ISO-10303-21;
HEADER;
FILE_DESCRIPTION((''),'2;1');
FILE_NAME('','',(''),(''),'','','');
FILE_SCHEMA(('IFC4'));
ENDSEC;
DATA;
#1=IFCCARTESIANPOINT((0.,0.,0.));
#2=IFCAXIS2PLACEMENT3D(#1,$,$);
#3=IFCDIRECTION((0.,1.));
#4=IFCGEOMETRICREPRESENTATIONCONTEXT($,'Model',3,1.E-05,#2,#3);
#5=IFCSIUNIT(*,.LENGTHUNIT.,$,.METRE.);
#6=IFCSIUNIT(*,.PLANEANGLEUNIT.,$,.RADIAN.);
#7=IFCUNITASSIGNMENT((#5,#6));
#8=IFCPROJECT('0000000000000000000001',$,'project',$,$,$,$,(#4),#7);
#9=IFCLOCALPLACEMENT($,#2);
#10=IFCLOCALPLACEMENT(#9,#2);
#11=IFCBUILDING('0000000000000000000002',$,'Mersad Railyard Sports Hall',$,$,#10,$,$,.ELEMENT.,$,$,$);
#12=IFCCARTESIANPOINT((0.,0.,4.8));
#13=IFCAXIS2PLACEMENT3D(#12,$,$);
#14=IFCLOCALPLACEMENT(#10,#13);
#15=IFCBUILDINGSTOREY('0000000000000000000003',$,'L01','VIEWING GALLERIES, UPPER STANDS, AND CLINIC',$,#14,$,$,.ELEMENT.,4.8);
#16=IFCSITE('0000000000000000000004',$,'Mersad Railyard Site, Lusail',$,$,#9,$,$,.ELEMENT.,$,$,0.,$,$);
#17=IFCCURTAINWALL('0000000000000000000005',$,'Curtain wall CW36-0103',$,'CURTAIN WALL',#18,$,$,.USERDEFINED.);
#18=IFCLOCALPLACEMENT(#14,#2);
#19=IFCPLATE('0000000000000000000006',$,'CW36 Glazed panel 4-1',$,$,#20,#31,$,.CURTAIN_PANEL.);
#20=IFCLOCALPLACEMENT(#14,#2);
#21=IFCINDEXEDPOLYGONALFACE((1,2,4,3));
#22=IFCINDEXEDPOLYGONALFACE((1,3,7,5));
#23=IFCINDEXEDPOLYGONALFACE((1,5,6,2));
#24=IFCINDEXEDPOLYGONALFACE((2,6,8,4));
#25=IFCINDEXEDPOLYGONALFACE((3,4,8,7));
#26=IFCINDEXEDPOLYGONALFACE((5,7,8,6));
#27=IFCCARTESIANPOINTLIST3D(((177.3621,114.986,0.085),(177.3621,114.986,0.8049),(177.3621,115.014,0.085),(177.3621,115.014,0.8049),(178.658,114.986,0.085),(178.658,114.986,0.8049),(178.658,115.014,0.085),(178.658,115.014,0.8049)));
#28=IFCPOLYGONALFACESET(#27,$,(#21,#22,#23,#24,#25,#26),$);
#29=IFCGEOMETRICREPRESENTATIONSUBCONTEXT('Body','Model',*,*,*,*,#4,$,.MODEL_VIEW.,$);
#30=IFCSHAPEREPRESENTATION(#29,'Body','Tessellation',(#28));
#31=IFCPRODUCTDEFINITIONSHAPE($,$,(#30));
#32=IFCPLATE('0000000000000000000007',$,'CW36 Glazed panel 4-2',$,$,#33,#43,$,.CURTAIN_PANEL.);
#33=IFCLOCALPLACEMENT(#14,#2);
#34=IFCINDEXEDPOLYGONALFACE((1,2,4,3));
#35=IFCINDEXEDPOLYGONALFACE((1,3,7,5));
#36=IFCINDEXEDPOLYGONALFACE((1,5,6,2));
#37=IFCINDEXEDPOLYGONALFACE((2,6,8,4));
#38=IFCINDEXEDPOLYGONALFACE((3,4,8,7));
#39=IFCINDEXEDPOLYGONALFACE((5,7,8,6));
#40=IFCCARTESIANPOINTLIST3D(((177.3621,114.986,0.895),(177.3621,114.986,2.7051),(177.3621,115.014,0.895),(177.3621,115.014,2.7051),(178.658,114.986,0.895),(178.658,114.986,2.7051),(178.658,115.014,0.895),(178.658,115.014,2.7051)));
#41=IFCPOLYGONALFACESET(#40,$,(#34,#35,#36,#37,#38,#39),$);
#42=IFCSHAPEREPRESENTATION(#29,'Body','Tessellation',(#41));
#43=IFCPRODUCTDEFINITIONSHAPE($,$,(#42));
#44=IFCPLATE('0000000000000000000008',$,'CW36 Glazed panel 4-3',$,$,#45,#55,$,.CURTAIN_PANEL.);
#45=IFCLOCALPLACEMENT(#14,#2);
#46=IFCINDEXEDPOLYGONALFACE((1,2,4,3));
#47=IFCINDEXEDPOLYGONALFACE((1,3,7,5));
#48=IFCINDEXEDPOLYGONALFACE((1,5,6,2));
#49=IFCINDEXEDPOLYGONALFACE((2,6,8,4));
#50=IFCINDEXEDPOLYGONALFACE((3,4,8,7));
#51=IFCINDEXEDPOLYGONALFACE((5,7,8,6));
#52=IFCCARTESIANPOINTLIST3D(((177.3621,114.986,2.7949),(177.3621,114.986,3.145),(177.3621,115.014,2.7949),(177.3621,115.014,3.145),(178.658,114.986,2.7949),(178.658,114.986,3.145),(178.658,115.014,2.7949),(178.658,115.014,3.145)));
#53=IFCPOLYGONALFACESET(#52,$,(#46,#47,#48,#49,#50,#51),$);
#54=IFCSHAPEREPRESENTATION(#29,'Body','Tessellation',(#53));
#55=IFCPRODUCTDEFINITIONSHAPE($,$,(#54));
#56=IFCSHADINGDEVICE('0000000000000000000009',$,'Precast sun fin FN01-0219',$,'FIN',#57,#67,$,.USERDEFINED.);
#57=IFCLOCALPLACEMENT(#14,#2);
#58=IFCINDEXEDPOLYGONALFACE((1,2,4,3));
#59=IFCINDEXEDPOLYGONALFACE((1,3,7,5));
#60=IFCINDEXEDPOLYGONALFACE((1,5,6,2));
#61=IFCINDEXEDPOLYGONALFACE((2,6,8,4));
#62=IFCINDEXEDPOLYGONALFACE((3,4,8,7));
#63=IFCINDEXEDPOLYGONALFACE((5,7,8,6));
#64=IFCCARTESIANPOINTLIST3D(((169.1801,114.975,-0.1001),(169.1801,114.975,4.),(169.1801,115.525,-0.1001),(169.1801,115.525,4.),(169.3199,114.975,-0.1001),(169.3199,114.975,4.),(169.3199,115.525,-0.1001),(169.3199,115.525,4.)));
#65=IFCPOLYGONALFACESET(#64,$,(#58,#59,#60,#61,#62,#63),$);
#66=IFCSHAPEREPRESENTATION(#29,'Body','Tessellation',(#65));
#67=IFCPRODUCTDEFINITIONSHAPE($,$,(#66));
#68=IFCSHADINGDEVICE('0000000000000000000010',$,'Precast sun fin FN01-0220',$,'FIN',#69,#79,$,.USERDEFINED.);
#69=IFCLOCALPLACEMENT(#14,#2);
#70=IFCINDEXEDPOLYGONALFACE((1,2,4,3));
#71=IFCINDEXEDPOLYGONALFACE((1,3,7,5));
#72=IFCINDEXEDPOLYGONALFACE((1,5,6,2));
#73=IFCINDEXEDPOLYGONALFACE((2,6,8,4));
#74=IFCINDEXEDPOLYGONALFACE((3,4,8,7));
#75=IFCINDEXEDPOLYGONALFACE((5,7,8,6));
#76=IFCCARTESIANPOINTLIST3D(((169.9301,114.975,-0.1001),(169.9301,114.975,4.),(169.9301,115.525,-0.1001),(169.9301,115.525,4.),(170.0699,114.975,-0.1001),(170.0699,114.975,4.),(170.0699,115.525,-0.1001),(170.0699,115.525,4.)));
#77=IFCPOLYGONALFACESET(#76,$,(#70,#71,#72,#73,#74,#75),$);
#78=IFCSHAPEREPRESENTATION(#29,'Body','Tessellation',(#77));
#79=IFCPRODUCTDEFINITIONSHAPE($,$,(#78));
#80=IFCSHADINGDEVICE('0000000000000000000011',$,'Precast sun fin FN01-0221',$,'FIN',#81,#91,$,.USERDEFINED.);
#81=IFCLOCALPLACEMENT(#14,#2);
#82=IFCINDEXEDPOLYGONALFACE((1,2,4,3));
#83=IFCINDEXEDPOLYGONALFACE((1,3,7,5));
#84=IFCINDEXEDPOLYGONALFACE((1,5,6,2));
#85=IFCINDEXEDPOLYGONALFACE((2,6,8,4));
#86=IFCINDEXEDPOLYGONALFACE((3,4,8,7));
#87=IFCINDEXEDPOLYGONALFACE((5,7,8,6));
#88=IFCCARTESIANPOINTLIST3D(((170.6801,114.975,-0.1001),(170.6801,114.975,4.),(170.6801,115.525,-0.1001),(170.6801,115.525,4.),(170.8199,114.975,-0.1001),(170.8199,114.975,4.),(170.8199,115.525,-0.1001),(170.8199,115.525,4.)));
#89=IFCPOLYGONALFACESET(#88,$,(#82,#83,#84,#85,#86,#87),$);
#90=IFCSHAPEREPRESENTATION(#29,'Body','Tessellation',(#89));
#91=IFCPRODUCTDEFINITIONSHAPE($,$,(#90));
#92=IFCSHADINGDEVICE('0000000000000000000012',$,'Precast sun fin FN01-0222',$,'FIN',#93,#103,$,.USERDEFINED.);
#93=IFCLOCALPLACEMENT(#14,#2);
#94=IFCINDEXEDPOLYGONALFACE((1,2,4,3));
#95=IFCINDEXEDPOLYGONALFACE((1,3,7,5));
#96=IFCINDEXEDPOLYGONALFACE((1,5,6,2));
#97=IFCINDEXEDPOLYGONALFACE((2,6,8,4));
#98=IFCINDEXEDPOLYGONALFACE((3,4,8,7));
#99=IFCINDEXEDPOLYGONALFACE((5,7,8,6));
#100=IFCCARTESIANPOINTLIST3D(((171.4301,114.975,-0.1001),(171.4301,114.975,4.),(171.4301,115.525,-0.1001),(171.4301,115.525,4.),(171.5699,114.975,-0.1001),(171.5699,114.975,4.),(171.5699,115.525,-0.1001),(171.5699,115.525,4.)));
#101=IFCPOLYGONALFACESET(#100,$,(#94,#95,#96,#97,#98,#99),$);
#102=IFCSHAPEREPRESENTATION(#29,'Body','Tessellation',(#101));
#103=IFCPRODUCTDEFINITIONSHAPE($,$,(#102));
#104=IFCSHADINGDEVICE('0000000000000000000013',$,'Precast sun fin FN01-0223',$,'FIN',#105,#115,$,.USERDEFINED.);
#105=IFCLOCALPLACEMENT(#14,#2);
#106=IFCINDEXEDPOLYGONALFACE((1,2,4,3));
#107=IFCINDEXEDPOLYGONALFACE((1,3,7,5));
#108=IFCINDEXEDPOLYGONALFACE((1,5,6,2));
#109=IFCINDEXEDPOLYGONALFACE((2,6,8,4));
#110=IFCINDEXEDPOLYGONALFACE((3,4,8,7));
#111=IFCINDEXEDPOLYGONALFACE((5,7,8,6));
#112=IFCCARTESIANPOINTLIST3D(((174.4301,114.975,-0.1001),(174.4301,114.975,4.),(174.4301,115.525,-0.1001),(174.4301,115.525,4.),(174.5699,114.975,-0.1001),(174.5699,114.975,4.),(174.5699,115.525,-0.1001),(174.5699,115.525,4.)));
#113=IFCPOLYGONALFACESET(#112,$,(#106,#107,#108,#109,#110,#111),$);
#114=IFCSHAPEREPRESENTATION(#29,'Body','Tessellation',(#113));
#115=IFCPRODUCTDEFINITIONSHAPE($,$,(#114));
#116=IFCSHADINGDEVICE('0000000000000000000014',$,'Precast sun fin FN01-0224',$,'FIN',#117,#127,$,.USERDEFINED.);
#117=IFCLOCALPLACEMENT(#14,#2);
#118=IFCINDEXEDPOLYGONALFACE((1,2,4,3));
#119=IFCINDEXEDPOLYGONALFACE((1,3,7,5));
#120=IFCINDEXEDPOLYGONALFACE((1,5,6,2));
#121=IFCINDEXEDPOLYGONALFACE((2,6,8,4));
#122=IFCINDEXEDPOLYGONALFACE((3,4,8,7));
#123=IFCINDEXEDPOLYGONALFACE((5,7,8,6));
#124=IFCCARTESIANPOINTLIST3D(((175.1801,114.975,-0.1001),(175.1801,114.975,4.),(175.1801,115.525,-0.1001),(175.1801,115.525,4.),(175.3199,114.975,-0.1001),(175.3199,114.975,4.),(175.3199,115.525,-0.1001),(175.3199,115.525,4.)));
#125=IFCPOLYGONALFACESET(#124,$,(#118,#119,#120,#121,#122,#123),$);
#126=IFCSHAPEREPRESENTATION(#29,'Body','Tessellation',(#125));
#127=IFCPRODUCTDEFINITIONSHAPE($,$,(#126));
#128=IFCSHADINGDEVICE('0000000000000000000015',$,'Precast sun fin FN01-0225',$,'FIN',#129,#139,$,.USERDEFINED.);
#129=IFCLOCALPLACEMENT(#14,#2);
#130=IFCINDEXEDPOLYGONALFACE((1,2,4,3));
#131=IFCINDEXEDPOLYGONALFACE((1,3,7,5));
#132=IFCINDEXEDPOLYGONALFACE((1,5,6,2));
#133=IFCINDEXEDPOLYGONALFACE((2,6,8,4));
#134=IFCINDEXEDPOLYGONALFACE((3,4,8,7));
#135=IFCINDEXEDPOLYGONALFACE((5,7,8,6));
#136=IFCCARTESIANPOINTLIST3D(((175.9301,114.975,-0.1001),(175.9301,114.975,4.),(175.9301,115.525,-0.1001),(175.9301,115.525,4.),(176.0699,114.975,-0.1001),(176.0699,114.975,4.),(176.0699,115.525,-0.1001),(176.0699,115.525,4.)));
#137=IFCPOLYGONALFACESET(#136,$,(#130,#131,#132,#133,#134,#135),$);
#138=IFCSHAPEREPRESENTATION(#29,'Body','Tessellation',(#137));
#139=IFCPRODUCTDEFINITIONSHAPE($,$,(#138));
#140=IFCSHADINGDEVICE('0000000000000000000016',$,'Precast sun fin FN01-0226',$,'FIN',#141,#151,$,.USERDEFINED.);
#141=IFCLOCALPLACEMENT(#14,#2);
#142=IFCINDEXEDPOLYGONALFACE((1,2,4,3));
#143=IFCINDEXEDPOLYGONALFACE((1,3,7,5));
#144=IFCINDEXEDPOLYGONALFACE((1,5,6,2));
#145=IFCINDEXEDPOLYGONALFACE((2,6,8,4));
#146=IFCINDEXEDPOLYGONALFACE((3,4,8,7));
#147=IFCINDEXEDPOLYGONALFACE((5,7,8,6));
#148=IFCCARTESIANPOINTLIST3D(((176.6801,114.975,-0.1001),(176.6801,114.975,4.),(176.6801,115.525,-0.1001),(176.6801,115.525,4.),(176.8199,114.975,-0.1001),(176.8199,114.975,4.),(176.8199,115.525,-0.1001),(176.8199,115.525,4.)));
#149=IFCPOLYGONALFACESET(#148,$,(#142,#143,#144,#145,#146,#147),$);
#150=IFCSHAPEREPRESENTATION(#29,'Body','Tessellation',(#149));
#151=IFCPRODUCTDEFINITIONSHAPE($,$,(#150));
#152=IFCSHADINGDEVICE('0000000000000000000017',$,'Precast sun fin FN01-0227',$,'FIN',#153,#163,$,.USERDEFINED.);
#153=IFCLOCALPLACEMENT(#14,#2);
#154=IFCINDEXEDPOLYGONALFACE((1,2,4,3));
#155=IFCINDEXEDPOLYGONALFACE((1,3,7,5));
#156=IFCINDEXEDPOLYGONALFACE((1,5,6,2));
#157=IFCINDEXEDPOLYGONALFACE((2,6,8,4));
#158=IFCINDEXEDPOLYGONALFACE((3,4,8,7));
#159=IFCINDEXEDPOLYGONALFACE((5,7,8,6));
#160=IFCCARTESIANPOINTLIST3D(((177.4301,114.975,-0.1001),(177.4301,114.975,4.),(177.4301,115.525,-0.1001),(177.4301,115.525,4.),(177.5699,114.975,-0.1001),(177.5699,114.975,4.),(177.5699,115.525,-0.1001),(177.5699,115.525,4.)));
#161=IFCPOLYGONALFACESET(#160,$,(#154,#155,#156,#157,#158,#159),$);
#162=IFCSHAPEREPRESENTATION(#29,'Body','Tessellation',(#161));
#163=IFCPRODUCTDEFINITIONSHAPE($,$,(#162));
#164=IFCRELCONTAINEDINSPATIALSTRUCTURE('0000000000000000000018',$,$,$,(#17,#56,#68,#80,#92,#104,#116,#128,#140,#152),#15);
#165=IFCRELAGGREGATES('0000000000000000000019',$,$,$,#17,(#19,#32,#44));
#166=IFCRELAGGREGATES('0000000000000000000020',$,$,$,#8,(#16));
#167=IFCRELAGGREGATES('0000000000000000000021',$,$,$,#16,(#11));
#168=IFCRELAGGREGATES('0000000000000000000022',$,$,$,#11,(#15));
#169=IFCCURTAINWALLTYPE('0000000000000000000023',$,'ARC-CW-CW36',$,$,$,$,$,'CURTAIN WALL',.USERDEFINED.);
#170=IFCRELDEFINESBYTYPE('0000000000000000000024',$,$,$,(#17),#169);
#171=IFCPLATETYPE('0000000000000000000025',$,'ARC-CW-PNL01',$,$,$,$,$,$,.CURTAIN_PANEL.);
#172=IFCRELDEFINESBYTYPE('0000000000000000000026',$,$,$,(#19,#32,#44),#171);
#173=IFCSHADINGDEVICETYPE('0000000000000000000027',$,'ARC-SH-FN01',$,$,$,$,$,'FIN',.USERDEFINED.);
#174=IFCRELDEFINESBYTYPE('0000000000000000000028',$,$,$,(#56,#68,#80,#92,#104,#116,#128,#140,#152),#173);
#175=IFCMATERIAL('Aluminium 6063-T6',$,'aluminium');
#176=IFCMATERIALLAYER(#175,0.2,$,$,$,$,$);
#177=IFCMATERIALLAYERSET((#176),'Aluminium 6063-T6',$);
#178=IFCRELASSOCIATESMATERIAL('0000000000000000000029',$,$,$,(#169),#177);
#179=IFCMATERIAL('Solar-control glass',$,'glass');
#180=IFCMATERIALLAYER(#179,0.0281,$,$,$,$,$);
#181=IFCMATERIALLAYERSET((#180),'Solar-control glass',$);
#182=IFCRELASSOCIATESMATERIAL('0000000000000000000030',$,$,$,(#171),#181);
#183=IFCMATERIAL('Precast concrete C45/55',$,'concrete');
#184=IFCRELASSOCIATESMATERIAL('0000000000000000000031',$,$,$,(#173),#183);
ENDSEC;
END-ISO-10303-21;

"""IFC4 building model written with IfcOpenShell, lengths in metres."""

from ifc_helpers import new_model, si_unit, direction, frame, origin, origin_2d, place, context, subcontext, project, spatial, rectangle, extrude, material, layer, layer_set, type_object, element, aggregate, save


model = new_model("IFC4")

# Units and contexts
model_context = context("Model", 3, precision=1e-05, world=origin(), true_north=direction((0.0, 1.0)))
body_context = subcontext(model_context, "Body", "Model", "MODEL_VIEW")
ifc_project = project(units=[si_unit("LENGTHUNIT", "METRE"), si_unit("PLANEANGLEUNIT", "RADIAN")], contexts=[model_context])

# Site, building, storey
site_placement = place(None, origin())
site = spatial("IfcSite", under=ifc_project, at=site_placement, Name="Mersad Railyard Site, Lusail", CompositionType="ELEMENT", RefElevation=0.0)
building_placement = place(site_placement, origin())
building = spatial("IfcBuilding", under=site, at=building_placement, Name="Mersad Railyard Sports Hall", CompositionType="ELEMENT")
storey_placement = place(building_placement, frame((0.0, 0.0, 4.8)))
storey = spatial("IfcBuildingStorey", under=building, at=storey_placement, Name="L01", Description="VIEWING GALLERIES, UPPER STANDS, AND CLINIC", CompositionType="ELEMENT", Elevation=4.8)

# Curtain wall, plates
ifc_material_1 = material(Name="Aluminium 6063-T6", Category="aluminium")
ifc_layer_1 = layer(ifc_material_1, 0.2)
ifc_layer_set_1 = layer_set([ifc_layer_1], Name="Aluminium 6063-T6")
curtain_wall_type = type_object("IfcCurtainWallType", Name="ARC-CW-CW36", ElementType="CURTAIN WALL", PredefinedType="USERDEFINED", material=ifc_layer_set_1)
curtain_wall_placement = place(storey_placement, origin())
curtain_wall = element("IfcCurtainWall", 1, at=curtain_wall_placement, inside=storey, type_object=curtain_wall_type, Name="Curtain wall CW36-0103", ObjectType="CURTAIN WALL", PredefinedType="USERDEFINED")
ifc_material_2 = material(Name="Solar-control glass", Category="glass")
ifc_layer_2 = layer(ifc_material_2, 0.0281)
ifc_layer_set_2 = layer_set([ifc_layer_2], Name="Solar-control glass")
plate_type = type_object("IfcPlateType", Name="ARC-CW-PNL01", PredefinedType="CURTAIN_PANEL", material=ifc_layer_set_2)
plate_1_placement = place(storey_placement, frame((178.01, 115.0, 0.085), z_axis=(0.0, 0.0, 1.0), x_axis=(1.0, 0.0, 0.0)))
plate_1 = element("IfcPlate", 2, at=plate_1_placement, type_object=plate_type, Name="CW36 Glazed panel 4-1", PredefinedType="CURTAIN_PANEL", context=body_context, shape_type="SweptSolid", body=[
    extrude(rectangle(XDim=1.2959, YDim=0.0281, at=origin_2d()), origin(), (0.0, 0.0, 1.0), 0.72),
])
plate_2_placement = place(storey_placement, frame((178.01, 115.0, 0.895), z_axis=(0.0, 0.0, 1.0), x_axis=(1.0, 0.0, 0.0)))
plate_2 = element("IfcPlate", 3, at=plate_2_placement, type_object=plate_type, Name="CW36 Glazed panel 4-2", PredefinedType="CURTAIN_PANEL", context=body_context, shape_type="SweptSolid", body=[
    extrude(rectangle(XDim=1.2959, YDim=0.0281, at=origin_2d()), origin(), (0.0, 0.0, 1.0), 1.8101),
])
plate_3_placement = place(storey_placement, frame((178.01, 115.0, 2.7949), z_axis=(0.0, 0.0, 1.0), x_axis=(1.0, 0.0, 0.0)))
plate_3 = element("IfcPlate", 4, at=plate_3_placement, type_object=plate_type, Name="CW36 Glazed panel 4-3", PredefinedType="CURTAIN_PANEL", context=body_context, shape_type="SweptSolid", body=[
    extrude(rectangle(XDim=1.2959, YDim=0.0281, at=origin_2d()), origin(), (0.0, 0.0, 1.0), 0.3501),
])
aggregate(curtain_wall, [plate_1, plate_2, plate_3])

# Shading devices
ifc_material_3 = material(Name="Precast concrete C45/55", Category="concrete")
shading_device_type = type_object("IfcShadingDeviceType", Name="ARC-SH-FN01", ElementType="FIN", PredefinedType="USERDEFINED", material=ifc_material_3)
for number, where, z_axis, x_axis, name in (
    (5, (169.25, 115.25, -0.1001), (0.0, 0.0, 1.0), (1.0, 0.0, 0.0), "Precast sun fin FN01-0219"),
    (6, (170.0, 115.25, -0.1001), (0.0, 0.0, 1.0), (1.0, 0.0, 0.0), "Precast sun fin FN01-0220"),
    (7, (170.75, 115.25, -0.1001), (0.0, 0.0, 1.0), (1.0, 0.0, 0.0), "Precast sun fin FN01-0221"),
    (8, (171.5, 115.25, -0.1001), (0.0, 0.0, 1.0), (1.0, 0.0, 0.0), "Precast sun fin FN01-0222"),
    (9, (174.5, 115.25, -0.1001), (0.0, 0.0, 1.0), (1.0, 0.0, 0.0), "Precast sun fin FN01-0223"),
    (10, (175.25, 115.25, -0.1001), (0.0, 0.0, 1.0), (1.0, 0.0, 0.0), "Precast sun fin FN01-0224"),
    (11, (176.0, 115.25, -0.1001), (0.0, 0.0, 1.0), (1.0, 0.0, 0.0), "Precast sun fin FN01-0225"),
    (12, (176.75, 115.25, -0.1001), (0.0, 0.0, 1.0), (1.0, 0.0, 0.0), "Precast sun fin FN01-0226"),
    (13, (177.5, 115.25, -0.1001), (0.0, 0.0, 1.0), (1.0, 0.0, 0.0), "Precast sun fin FN01-0227"),
):
    element("IfcShadingDevice", number, at=place(storey_placement, frame(where, z_axis=z_axis, x_axis=x_axis)), inside=storey, type_object=shading_device_type, Name=name, ObjectType="FIN", PredefinedType="USERDEFINED", context=body_context, shape_type="SweptSolid", body=[
        extrude(rectangle(XDim=0.1399, YDim=0.55, at=origin_2d()), origin(), (0.0, 0.0, 1.0), 4.1001),
    ])

save(model, "model.ifc")
